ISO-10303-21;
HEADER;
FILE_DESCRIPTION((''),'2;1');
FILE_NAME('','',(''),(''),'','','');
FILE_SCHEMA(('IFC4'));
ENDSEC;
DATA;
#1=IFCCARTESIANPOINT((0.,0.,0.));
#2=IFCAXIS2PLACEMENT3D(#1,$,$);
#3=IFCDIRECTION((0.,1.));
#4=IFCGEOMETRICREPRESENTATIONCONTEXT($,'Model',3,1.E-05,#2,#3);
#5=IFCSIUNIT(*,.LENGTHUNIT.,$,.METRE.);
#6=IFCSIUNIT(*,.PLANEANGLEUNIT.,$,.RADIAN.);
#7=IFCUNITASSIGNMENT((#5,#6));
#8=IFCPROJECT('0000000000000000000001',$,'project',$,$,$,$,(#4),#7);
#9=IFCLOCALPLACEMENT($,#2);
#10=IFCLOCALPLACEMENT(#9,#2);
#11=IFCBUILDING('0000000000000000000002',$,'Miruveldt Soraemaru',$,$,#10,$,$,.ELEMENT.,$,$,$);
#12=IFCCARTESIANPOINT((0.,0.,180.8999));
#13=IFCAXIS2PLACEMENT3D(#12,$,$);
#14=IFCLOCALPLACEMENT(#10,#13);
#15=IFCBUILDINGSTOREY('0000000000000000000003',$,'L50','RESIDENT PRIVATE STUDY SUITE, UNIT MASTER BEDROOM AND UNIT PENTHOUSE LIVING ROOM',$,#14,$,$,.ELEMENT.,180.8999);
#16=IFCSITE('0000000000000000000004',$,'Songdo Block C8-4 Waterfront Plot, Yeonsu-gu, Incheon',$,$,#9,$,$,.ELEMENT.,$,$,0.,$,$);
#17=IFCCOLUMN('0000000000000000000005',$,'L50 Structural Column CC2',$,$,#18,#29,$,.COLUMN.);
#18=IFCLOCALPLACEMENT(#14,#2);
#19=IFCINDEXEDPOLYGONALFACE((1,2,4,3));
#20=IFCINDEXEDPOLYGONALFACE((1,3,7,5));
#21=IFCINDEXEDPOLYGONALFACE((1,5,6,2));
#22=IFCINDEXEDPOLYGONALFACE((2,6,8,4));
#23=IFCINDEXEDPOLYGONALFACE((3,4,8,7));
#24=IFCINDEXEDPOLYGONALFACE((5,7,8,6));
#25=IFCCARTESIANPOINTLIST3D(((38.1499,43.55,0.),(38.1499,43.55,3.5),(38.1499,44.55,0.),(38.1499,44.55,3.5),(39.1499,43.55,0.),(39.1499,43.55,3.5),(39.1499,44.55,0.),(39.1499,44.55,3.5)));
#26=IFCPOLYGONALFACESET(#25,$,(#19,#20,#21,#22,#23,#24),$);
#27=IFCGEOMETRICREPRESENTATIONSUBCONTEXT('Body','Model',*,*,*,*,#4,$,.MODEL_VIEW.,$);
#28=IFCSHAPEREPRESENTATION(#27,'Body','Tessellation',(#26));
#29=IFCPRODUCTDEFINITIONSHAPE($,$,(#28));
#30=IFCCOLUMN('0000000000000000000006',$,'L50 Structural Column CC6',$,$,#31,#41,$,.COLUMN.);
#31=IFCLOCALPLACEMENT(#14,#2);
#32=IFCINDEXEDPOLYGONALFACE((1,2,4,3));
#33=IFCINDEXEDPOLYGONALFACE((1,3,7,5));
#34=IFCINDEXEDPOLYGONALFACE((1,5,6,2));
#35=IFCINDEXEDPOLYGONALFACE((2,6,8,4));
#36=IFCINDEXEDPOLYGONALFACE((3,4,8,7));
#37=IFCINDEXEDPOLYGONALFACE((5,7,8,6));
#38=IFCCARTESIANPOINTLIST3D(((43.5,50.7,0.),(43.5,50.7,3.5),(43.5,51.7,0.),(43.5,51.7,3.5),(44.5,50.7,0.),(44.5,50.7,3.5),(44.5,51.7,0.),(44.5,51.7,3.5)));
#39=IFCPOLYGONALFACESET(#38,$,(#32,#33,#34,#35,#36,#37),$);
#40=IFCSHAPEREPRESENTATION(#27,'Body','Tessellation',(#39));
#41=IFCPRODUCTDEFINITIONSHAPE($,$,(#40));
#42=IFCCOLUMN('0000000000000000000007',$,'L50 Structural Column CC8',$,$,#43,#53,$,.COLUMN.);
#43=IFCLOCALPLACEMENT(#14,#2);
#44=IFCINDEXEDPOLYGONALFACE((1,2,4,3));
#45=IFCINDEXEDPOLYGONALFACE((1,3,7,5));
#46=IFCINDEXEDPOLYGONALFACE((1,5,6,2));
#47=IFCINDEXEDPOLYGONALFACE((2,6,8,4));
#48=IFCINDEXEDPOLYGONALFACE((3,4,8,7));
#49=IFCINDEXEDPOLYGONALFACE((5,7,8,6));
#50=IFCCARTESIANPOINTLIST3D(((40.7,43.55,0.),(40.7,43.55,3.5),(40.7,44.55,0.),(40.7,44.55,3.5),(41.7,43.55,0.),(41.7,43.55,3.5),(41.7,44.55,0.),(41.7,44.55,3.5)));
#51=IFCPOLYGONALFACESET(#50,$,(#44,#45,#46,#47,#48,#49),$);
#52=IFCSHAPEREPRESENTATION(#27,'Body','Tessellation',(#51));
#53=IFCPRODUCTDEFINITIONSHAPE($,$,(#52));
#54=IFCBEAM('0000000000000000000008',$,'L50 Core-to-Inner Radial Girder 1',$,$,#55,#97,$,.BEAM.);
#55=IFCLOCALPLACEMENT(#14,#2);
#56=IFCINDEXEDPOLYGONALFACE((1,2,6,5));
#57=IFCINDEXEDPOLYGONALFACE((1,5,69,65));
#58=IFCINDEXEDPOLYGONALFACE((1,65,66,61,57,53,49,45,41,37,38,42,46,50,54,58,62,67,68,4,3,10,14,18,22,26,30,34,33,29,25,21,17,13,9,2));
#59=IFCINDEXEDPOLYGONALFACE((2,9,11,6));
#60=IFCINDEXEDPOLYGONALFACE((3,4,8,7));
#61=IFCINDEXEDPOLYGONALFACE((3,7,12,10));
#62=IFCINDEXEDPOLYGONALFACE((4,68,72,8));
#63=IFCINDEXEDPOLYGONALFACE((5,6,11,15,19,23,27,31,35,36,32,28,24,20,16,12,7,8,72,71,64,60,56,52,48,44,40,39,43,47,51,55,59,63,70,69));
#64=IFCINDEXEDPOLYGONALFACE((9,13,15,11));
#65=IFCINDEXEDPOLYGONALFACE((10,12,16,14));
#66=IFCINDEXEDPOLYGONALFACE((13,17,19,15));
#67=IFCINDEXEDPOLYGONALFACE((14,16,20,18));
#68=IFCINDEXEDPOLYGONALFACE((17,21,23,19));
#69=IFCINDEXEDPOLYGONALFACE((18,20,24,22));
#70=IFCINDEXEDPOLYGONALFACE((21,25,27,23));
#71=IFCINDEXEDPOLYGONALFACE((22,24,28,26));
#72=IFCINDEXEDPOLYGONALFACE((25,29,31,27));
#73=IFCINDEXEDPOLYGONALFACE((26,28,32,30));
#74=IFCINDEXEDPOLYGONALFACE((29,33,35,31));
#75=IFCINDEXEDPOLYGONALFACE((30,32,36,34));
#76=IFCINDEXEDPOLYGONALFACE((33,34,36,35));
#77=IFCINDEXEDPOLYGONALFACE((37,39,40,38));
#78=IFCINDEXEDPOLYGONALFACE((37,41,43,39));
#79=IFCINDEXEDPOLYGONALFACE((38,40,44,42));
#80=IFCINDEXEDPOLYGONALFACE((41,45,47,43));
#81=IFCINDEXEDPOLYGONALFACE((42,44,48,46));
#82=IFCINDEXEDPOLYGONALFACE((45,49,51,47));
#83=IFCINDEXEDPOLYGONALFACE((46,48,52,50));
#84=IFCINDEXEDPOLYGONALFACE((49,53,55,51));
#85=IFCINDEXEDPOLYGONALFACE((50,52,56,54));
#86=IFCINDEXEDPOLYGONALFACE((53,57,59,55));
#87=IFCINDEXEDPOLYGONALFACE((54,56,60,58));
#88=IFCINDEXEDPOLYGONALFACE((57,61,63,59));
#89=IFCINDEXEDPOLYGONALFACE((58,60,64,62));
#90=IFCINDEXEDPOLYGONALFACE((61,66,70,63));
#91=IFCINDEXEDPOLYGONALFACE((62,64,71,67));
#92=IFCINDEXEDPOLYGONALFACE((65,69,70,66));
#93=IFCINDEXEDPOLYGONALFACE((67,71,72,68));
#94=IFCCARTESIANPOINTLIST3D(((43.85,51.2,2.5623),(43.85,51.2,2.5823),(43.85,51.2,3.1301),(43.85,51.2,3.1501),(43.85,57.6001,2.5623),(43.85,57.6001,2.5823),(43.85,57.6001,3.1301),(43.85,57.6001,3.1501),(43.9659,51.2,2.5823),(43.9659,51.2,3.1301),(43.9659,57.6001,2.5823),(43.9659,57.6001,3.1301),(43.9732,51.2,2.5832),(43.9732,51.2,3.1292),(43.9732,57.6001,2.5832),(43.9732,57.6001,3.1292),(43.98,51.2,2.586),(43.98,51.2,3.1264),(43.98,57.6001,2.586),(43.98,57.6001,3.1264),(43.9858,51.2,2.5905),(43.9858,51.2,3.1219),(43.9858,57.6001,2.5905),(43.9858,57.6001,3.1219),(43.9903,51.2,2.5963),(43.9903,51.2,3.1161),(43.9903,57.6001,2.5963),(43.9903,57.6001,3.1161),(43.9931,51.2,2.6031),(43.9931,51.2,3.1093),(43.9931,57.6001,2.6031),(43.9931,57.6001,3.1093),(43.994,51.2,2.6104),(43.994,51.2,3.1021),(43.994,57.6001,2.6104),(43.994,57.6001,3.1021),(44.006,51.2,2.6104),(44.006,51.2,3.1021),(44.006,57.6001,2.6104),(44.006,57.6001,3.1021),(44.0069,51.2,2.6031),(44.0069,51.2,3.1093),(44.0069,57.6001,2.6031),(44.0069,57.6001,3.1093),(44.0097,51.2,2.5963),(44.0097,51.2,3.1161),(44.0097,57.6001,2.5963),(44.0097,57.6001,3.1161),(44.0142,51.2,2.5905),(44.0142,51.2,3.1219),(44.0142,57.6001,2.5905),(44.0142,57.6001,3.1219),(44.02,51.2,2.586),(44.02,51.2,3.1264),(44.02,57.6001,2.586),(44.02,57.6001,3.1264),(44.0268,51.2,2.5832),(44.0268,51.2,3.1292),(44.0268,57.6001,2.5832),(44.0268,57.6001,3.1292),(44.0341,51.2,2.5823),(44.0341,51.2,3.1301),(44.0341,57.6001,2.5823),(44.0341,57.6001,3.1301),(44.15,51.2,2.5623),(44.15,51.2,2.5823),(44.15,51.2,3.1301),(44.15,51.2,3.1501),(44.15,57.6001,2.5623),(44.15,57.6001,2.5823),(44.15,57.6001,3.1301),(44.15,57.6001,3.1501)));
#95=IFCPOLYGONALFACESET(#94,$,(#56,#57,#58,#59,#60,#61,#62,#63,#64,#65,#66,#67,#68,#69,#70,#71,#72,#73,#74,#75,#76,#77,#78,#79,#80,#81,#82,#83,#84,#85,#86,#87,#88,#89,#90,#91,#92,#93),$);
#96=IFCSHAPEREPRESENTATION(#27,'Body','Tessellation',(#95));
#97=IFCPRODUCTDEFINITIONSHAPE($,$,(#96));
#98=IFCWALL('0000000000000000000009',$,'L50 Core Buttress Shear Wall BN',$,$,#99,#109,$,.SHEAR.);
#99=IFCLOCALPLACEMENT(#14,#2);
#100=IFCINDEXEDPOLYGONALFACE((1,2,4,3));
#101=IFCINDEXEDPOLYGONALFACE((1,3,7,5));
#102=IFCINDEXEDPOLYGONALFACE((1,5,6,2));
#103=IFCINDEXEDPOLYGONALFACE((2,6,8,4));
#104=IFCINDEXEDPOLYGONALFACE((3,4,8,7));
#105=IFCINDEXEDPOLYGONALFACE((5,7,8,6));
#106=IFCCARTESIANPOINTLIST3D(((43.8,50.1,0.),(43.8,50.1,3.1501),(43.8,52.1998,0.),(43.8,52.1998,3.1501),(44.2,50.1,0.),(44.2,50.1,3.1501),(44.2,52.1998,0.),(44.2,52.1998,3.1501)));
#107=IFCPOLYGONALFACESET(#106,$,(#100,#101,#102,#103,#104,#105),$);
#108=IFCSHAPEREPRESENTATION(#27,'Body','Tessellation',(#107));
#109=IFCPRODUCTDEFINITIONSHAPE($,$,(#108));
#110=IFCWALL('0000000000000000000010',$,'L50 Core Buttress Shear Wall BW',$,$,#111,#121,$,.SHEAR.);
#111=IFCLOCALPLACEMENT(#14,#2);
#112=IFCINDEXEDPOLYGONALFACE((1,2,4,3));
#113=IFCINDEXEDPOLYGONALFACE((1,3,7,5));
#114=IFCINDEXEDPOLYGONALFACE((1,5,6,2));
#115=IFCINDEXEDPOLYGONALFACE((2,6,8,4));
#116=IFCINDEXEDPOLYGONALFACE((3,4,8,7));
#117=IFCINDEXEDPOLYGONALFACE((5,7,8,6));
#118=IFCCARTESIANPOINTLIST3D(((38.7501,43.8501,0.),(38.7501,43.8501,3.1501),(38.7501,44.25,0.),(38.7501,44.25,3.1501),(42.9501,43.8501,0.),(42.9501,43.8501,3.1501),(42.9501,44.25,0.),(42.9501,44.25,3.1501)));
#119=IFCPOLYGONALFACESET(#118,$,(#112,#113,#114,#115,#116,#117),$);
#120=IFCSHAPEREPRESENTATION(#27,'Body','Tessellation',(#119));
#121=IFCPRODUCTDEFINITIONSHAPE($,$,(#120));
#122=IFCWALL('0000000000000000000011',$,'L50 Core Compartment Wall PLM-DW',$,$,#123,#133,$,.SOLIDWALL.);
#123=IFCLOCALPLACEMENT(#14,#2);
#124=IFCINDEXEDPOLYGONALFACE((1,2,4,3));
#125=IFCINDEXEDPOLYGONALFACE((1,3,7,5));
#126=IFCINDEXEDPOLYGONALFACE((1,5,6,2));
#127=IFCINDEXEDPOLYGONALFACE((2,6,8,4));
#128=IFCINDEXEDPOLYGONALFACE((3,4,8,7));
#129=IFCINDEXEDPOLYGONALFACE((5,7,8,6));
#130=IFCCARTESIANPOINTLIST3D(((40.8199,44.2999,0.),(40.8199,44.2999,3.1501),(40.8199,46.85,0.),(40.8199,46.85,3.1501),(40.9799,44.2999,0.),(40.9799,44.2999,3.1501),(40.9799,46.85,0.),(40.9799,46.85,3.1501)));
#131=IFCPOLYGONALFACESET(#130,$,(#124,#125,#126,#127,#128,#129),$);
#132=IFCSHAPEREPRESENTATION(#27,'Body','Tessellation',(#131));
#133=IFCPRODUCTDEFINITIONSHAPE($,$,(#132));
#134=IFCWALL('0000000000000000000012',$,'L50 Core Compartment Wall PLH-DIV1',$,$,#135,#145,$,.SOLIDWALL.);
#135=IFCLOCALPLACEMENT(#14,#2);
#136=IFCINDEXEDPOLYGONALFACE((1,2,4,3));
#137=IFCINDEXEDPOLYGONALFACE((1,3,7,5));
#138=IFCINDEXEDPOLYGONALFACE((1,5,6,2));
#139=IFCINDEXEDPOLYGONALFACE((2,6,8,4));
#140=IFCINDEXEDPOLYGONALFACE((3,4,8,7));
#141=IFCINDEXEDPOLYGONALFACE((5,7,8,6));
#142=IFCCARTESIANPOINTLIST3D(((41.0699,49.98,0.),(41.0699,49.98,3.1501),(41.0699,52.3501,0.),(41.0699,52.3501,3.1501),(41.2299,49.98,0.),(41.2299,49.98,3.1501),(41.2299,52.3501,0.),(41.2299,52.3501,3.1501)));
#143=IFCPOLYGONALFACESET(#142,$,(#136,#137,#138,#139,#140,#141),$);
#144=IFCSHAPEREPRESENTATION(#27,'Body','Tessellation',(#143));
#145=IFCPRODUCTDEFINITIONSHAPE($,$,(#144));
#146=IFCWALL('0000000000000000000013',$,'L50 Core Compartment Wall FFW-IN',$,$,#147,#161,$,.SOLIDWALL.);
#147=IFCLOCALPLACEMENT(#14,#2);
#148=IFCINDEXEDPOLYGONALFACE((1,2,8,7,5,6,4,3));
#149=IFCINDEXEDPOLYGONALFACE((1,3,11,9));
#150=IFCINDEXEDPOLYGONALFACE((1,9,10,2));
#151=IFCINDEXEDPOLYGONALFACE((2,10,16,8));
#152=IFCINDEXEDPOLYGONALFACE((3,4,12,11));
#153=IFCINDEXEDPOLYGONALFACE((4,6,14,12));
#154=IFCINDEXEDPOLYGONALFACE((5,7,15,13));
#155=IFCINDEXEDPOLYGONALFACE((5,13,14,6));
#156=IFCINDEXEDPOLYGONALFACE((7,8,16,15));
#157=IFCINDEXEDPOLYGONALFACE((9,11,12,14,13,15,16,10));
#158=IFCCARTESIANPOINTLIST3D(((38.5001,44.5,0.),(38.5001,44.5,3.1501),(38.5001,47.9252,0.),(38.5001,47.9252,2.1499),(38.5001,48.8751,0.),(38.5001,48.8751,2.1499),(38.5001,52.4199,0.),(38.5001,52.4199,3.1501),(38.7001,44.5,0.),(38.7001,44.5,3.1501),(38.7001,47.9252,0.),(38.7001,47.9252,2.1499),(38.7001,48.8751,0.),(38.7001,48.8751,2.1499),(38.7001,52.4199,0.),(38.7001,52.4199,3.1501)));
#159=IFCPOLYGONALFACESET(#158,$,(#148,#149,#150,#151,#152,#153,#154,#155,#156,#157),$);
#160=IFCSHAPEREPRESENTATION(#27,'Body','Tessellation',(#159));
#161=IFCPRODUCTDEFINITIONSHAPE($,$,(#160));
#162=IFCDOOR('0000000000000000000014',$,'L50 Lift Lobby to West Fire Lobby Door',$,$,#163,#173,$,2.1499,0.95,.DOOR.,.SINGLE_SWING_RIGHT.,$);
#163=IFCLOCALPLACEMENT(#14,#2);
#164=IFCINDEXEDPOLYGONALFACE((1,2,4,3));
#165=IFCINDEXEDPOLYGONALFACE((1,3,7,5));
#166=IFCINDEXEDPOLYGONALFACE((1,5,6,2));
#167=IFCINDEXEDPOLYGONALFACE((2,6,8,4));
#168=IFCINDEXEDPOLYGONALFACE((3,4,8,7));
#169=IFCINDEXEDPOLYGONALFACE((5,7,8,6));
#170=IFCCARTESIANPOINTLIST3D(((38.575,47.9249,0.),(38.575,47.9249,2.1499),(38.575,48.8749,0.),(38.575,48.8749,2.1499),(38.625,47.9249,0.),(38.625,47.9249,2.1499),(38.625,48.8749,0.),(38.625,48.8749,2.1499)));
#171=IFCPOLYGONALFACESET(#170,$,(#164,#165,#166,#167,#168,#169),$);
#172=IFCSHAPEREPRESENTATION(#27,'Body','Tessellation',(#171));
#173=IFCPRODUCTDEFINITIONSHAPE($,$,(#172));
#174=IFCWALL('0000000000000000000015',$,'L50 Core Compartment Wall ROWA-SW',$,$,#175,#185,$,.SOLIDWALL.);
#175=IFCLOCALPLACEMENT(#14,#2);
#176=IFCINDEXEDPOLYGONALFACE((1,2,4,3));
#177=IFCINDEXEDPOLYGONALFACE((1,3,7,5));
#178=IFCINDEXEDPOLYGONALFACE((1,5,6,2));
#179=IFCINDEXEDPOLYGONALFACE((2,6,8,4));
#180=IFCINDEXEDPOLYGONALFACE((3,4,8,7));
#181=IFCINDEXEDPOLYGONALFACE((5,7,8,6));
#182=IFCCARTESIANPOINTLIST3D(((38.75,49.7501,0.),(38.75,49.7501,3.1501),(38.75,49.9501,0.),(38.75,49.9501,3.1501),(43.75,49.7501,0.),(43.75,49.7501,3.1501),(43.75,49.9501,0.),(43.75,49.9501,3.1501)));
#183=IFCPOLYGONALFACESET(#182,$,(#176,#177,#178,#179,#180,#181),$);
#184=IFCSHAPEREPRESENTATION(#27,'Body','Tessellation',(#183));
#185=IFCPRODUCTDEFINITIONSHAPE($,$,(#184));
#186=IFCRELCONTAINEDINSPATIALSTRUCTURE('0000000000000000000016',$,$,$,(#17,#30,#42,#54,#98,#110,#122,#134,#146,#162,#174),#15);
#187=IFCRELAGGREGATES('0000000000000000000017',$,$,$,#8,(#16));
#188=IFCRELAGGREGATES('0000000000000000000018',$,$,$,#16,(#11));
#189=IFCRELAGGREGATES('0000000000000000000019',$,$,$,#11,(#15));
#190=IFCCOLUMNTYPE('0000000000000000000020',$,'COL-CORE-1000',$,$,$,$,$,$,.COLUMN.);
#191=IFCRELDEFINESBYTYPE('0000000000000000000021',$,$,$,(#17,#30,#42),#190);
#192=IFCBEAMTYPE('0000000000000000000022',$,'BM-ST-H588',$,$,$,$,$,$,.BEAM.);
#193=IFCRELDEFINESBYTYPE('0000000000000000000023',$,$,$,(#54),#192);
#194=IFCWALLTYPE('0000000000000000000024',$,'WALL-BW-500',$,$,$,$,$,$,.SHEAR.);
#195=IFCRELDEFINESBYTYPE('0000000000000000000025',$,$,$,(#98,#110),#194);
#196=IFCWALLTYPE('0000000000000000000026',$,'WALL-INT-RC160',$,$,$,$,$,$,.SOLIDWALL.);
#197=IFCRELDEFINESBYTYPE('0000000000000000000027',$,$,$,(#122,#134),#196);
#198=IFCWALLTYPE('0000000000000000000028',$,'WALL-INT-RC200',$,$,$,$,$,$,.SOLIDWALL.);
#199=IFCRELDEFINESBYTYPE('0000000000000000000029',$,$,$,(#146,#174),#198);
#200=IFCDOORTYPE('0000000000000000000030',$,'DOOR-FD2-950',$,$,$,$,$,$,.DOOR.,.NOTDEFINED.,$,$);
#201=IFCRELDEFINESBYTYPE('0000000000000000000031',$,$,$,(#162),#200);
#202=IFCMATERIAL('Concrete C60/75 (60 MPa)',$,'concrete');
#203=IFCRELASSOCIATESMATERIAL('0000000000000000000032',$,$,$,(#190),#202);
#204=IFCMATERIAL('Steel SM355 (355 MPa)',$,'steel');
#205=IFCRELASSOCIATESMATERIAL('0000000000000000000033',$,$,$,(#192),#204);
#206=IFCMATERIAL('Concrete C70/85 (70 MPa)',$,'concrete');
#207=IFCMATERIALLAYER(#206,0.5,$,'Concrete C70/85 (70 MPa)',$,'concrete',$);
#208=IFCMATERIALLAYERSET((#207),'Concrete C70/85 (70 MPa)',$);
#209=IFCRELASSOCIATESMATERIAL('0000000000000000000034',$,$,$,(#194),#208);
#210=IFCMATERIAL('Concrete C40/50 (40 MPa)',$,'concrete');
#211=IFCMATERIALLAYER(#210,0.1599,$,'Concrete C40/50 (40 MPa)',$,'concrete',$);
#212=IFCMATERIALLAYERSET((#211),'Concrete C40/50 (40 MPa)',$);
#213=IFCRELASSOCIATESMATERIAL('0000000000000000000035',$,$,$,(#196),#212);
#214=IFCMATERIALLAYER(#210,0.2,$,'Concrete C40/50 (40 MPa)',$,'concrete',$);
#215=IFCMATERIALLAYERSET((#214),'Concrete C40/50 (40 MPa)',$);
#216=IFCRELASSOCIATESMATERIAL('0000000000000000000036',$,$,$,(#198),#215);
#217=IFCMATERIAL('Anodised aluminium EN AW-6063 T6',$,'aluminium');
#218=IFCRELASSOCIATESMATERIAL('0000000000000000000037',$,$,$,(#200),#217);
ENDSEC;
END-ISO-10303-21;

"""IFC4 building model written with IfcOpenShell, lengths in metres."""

from ifc_helpers import new_model, si_unit, direction, frame, frame_2d, origin, origin_2d, place, context, subcontext, project, spatial, rectangle, i_section, extrude, material, layer, layer_set, material_profile, profile_set, type_object, element, fill, save


model = new_model("IFC4")

# Units and contexts
model_context = context("Model", 3, precision=1e-05, world=origin(), true_north=direction((0.0, 1.0)))
body_context = subcontext(model_context, "Body", "Model", "MODEL_VIEW")
ifc_project = project(units=[si_unit("LENGTHUNIT", "METRE"), si_unit("PLANEANGLEUNIT", "RADIAN")], contexts=[model_context])

# Site, building, storey
site_placement = place(None, origin())
site = spatial("IfcSite", under=ifc_project, at=site_placement, Name="Songdo Block C8-4 Waterfront Plot, Yeonsu-gu, Incheon", CompositionType="ELEMENT", RefElevation=0.0)
building_placement = place(site_placement, origin())
building = spatial("IfcBuilding", under=site, at=building_placement, Name="Miruveldt Soraemaru", CompositionType="ELEMENT")
storey_placement = place(building_placement, frame((0.0, 0.0, 180.8999)))
storey = spatial("IfcBuildingStorey", under=building, at=storey_placement, Name="L50", Description="RESIDENT PRIVATE STUDY SUITE, UNIT MASTER BEDROOM AND UNIT PENTHOUSE LIVING ROOM", CompositionType="ELEMENT", Elevation=180.8999)

# Columns
ifc_material_1 = material(Name="Concrete C60/75 (60 MPa)", Category="concrete")
ifc_material_profile_1 = material_profile(ifc_material_1, rectangle(XDim=1.0, YDim=1.0, at=origin_2d()), Name="Concrete C60/75 (60 MPa)", Category="concrete")
ifc_profile_set_1 = profile_set([ifc_material_profile_1], Name="Concrete C60/75 (60 MPa)")
column_type = type_object("IfcColumnType", Name="COL-CORE-1000", PredefinedType="COLUMN", material=ifc_profile_set_1)
for number, where, z_axis, x_axis, name in (
    (1, (38.6499, 44.05, 0.0), (0.0, 0.0, 1.0), (1.0, 0.0, 0.0), "L50 Structural Column CC2"),
    (2, (44.0, 51.2, 0.0), (0.0, 0.0, 1.0), (1.0, 0.0, 0.0), "L50 Structural Column CC6"),
    (3, (41.2, 44.05, 0.0), (0.0, 0.0, 1.0), (1.0, 0.0, 0.0), "L50 Structural Column CC8"),
):
    element("IfcColumn", number, at=place(storey_placement, frame(where, z_axis=z_axis, x_axis=x_axis)), inside=storey, type_object=column_type, Name=name, PredefinedType="COLUMN", context=body_context, shape_type="SweptSolid", body=[
        extrude(rectangle(XDim=1.0, YDim=1.0, at=origin_2d()), origin(), (0.0, 0.0, 1.0), 3.5),
    ])

# Beam
ifc_material_2 = material(Name="Steel SM355 (355 MPa)", Category="steel")
ifc_material_profile_2 = material_profile(ifc_material_2, i_section(OverallWidth=0.3, OverallDepth=0.5879, WebThickness=0.012, FlangeThickness=0.02, FilletRadius=0.0281, at=origin_2d()), Name="Steel SM355 (355 MPa)", Category="steel")
ifc_profile_set_2 = profile_set([ifc_material_profile_2], Name="Steel SM355 (355 MPa)")
beam_type = type_object("IfcBeamType", Name="BM-ST-H588", PredefinedType="BEAM", material=ifc_profile_set_2)
beam_placement = place(storey_placement, frame((44.0, 51.2, 2.8562), z_axis=(0.0, 1.0, 0.0), x_axis=(-1.0, 0.0, 0.0)))
element("IfcBeam", 4, at=beam_placement, inside=storey, type_object=beam_type, Name="L50 Core-to-Inner Radial Girder 1", PredefinedType="BEAM", context=body_context, shape_type="SweptSolid", body=[
    extrude(i_section(OverallWidth=0.3, OverallDepth=0.5879, WebThickness=0.012, FlangeThickness=0.02, FilletRadius=0.0281, at=origin_2d()), origin(), (0.0, 0.0, 1.0), 6.4001),
])

# Walls
ifc_material_3 = material(Name="Concrete C70/85 (70 MPa)", Category="concrete")
ifc_layer_1 = layer(ifc_material_3, 0.5, Name="Concrete C70/85 (70 MPa)", Category="concrete")
ifc_layer_set_1 = layer_set([ifc_layer_1], Name="Concrete C70/85 (70 MPa)")
wall_type_1 = type_object("IfcWallType", Name="WALL-BW-500", PredefinedType="SHEAR", material=ifc_layer_set_1)
wall_1_placement = place(storey_placement, frame((44.0, 50.1001, 0.0), z_axis=(0.0, 0.0, 1.0), x_axis=(0.0, 1.0, 0.0)))
element("IfcWall", 5, at=wall_1_placement, inside=storey, type_object=wall_type_1, Name="L50 Core Buttress Shear Wall BN", PredefinedType="SHEAR", context=body_context, shape_type="SweptSolid", body=[
    extrude(rectangle(XDim=2.0999, YDim=0.3999, at=frame_2d((1.0498, 0.0))), origin(), (0.0, 0.0, 1.0), 3.1501),
])
wall_2_placement = place(storey_placement, frame((38.75, 44.05, 0.0), z_axis=(0.0, 0.0, 1.0), x_axis=(1.0, 0.0, 0.0)))
element("IfcWall", 6, at=wall_2_placement, inside=storey, type_object=wall_type_1, Name="L50 Core Buttress Shear Wall BW", PredefinedType="SHEAR", context=body_context, shape_type="SweptSolid", body=[
    extrude(rectangle(XDim=4.2, YDim=0.3999, at=frame_2d((2.1001, 0.0))), origin(), (0.0, 0.0, 1.0), 3.1501),
])
ifc_material_4 = material(Name="Concrete C40/50 (40 MPa)", Category="concrete")
ifc_layer_2 = layer(ifc_material_4, 0.1599, Name="Concrete C40/50 (40 MPa)", Category="concrete")
ifc_layer_set_2 = layer_set([ifc_layer_2], Name="Concrete C40/50 (40 MPa)")
wall_type_2 = type_object("IfcWallType", Name="WALL-INT-RC160", PredefinedType="SOLIDWALL", material=ifc_layer_set_2)
wall_3_placement = place(storey_placement, frame((40.8999, 44.3, 0.0), z_axis=(0.0, 0.0, 1.0), x_axis=(0.0, 1.0, 0.0)))
element("IfcWall", 7, at=wall_3_placement, inside=storey, type_object=wall_type_2, Name="L50 Core Compartment Wall PLM-DW", PredefinedType="SOLIDWALL", context=body_context, shape_type="SweptSolid", body=[
    extrude(rectangle(XDim=2.55, YDim=0.1599, at=frame_2d((1.2749, 0.0))), origin(), (0.0, 0.0, 1.0), 3.1501),
])
wall_4_placement = place(storey_placement, frame((41.1499, 49.98, 0.0), z_axis=(0.0, 0.0, 1.0), x_axis=(0.0, 1.0, 0.0)))
element("IfcWall", 8, at=wall_4_placement, inside=storey, type_object=wall_type_2, Name="L50 Core Compartment Wall PLH-DIV1", PredefinedType="SOLIDWALL", context=body_context, shape_type="SweptSolid", body=[
    extrude(rectangle(XDim=2.3701, YDim=0.1599, at=frame_2d((1.1851, 0.0))), origin(), (0.0, 0.0, 1.0), 3.1501),
])

# Wall, opening, door
ifc_layer_3 = layer(ifc_material_4, 0.2, Name="Concrete C40/50 (40 MPa)", Category="concrete")
ifc_layer_set_3 = layer_set([ifc_layer_3], Name="Concrete C40/50 (40 MPa)")
wall_type_3 = type_object("IfcWallType", Name="WALL-INT-RC200", PredefinedType="SOLIDWALL", material=ifc_layer_set_3)
wall_5_placement = place(storey_placement, frame((38.6001, 44.5, 0.0), z_axis=(0.0, 0.0, 1.0), x_axis=(0.0, 1.0, 0.0)))
wall_5 = element("IfcWall", 9, at=wall_5_placement, inside=storey, type_object=wall_type_3, Name="L50 Core Compartment Wall FFW-IN", PredefinedType="SOLIDWALL", context=body_context, shape_type="SweptSolid", body=[
    extrude(rectangle(XDim=7.9199, YDim=0.2, at=frame_2d((3.96, 0.0))), origin(), (0.0, 0.0, 1.0), 3.1501),
])
opening_1_placement = place(wall_5_placement, frame((3.425, 0.0, 0.0)))
opening_1 = element("IfcOpeningElement", 10, at=opening_1_placement, cuts=wall_5, PredefinedType="OPENING", context=body_context, shape_type="SweptSolid", body=[
    extrude(rectangle(XDim=0.95, YDim=2.1499, at=frame_2d((0.4751, 1.075))), frame((0.0, 0.1099, 0.0), z_axis=(0.0, -1.0, 0.0), x_axis=(1.0, 0.0, 0.0)), (0.0, 0.0, 1.0), 0.22),
])
ifc_material_5 = material(Name="Anodised aluminium EN AW-6063 T6", Category="aluminium")
door_type_1 = type_object("IfcDoorType", Name="DOOR-FD2-950", OperationType="NOTDEFINED", PredefinedType="DOOR", material=ifc_material_5)
door_1_placement = place(opening_1_placement, frame((0.95, 0.0, 0.0), z_axis=(0.0, 0.0, 1.0), x_axis=(-1.0, 0.0, 0.0)))
door_1 = element("IfcDoor", 11, at=door_1_placement, inside=storey, type_object=door_type_1, Name="L50 Lift Lobby to West Fire Lobby Door", OperationType="SINGLE_SWING_RIGHT", OverallHeight=2.1499, OverallWidth=0.95, PredefinedType="DOOR", context=body_context, shape_type="SweptSolid", body=[
    extrude(rectangle(XDim=0.95, YDim=2.1499, at=frame_2d((0.4751, 1.075))), frame((0.0, 0.0249, 0.0), z_axis=(0.0, -1.0, 0.0), x_axis=(1.0, 0.0, 0.0)), (0.0, 0.0, 1.0), 0.05),
])
fill(opening_1, door_1)

# Wall
wall_6_placement = place(storey_placement, frame((38.75, 49.8501, 0.0), z_axis=(0.0, 0.0, 1.0), x_axis=(1.0, 0.0, 0.0)))
element("IfcWall", 12, at=wall_6_placement, inside=storey, type_object=wall_type_3, Name="L50 Core Compartment Wall ROWA-SW", PredefinedType="SOLIDWALL", context=body_context, shape_type="SweptSolid", body=[
    extrude(rectangle(XDim=5.0, YDim=0.2, at=frame_2d((2.5, 0.0))), origin(), (0.0, 0.0, 1.0), 3.1501),
])

save(model, "model.ifc")
